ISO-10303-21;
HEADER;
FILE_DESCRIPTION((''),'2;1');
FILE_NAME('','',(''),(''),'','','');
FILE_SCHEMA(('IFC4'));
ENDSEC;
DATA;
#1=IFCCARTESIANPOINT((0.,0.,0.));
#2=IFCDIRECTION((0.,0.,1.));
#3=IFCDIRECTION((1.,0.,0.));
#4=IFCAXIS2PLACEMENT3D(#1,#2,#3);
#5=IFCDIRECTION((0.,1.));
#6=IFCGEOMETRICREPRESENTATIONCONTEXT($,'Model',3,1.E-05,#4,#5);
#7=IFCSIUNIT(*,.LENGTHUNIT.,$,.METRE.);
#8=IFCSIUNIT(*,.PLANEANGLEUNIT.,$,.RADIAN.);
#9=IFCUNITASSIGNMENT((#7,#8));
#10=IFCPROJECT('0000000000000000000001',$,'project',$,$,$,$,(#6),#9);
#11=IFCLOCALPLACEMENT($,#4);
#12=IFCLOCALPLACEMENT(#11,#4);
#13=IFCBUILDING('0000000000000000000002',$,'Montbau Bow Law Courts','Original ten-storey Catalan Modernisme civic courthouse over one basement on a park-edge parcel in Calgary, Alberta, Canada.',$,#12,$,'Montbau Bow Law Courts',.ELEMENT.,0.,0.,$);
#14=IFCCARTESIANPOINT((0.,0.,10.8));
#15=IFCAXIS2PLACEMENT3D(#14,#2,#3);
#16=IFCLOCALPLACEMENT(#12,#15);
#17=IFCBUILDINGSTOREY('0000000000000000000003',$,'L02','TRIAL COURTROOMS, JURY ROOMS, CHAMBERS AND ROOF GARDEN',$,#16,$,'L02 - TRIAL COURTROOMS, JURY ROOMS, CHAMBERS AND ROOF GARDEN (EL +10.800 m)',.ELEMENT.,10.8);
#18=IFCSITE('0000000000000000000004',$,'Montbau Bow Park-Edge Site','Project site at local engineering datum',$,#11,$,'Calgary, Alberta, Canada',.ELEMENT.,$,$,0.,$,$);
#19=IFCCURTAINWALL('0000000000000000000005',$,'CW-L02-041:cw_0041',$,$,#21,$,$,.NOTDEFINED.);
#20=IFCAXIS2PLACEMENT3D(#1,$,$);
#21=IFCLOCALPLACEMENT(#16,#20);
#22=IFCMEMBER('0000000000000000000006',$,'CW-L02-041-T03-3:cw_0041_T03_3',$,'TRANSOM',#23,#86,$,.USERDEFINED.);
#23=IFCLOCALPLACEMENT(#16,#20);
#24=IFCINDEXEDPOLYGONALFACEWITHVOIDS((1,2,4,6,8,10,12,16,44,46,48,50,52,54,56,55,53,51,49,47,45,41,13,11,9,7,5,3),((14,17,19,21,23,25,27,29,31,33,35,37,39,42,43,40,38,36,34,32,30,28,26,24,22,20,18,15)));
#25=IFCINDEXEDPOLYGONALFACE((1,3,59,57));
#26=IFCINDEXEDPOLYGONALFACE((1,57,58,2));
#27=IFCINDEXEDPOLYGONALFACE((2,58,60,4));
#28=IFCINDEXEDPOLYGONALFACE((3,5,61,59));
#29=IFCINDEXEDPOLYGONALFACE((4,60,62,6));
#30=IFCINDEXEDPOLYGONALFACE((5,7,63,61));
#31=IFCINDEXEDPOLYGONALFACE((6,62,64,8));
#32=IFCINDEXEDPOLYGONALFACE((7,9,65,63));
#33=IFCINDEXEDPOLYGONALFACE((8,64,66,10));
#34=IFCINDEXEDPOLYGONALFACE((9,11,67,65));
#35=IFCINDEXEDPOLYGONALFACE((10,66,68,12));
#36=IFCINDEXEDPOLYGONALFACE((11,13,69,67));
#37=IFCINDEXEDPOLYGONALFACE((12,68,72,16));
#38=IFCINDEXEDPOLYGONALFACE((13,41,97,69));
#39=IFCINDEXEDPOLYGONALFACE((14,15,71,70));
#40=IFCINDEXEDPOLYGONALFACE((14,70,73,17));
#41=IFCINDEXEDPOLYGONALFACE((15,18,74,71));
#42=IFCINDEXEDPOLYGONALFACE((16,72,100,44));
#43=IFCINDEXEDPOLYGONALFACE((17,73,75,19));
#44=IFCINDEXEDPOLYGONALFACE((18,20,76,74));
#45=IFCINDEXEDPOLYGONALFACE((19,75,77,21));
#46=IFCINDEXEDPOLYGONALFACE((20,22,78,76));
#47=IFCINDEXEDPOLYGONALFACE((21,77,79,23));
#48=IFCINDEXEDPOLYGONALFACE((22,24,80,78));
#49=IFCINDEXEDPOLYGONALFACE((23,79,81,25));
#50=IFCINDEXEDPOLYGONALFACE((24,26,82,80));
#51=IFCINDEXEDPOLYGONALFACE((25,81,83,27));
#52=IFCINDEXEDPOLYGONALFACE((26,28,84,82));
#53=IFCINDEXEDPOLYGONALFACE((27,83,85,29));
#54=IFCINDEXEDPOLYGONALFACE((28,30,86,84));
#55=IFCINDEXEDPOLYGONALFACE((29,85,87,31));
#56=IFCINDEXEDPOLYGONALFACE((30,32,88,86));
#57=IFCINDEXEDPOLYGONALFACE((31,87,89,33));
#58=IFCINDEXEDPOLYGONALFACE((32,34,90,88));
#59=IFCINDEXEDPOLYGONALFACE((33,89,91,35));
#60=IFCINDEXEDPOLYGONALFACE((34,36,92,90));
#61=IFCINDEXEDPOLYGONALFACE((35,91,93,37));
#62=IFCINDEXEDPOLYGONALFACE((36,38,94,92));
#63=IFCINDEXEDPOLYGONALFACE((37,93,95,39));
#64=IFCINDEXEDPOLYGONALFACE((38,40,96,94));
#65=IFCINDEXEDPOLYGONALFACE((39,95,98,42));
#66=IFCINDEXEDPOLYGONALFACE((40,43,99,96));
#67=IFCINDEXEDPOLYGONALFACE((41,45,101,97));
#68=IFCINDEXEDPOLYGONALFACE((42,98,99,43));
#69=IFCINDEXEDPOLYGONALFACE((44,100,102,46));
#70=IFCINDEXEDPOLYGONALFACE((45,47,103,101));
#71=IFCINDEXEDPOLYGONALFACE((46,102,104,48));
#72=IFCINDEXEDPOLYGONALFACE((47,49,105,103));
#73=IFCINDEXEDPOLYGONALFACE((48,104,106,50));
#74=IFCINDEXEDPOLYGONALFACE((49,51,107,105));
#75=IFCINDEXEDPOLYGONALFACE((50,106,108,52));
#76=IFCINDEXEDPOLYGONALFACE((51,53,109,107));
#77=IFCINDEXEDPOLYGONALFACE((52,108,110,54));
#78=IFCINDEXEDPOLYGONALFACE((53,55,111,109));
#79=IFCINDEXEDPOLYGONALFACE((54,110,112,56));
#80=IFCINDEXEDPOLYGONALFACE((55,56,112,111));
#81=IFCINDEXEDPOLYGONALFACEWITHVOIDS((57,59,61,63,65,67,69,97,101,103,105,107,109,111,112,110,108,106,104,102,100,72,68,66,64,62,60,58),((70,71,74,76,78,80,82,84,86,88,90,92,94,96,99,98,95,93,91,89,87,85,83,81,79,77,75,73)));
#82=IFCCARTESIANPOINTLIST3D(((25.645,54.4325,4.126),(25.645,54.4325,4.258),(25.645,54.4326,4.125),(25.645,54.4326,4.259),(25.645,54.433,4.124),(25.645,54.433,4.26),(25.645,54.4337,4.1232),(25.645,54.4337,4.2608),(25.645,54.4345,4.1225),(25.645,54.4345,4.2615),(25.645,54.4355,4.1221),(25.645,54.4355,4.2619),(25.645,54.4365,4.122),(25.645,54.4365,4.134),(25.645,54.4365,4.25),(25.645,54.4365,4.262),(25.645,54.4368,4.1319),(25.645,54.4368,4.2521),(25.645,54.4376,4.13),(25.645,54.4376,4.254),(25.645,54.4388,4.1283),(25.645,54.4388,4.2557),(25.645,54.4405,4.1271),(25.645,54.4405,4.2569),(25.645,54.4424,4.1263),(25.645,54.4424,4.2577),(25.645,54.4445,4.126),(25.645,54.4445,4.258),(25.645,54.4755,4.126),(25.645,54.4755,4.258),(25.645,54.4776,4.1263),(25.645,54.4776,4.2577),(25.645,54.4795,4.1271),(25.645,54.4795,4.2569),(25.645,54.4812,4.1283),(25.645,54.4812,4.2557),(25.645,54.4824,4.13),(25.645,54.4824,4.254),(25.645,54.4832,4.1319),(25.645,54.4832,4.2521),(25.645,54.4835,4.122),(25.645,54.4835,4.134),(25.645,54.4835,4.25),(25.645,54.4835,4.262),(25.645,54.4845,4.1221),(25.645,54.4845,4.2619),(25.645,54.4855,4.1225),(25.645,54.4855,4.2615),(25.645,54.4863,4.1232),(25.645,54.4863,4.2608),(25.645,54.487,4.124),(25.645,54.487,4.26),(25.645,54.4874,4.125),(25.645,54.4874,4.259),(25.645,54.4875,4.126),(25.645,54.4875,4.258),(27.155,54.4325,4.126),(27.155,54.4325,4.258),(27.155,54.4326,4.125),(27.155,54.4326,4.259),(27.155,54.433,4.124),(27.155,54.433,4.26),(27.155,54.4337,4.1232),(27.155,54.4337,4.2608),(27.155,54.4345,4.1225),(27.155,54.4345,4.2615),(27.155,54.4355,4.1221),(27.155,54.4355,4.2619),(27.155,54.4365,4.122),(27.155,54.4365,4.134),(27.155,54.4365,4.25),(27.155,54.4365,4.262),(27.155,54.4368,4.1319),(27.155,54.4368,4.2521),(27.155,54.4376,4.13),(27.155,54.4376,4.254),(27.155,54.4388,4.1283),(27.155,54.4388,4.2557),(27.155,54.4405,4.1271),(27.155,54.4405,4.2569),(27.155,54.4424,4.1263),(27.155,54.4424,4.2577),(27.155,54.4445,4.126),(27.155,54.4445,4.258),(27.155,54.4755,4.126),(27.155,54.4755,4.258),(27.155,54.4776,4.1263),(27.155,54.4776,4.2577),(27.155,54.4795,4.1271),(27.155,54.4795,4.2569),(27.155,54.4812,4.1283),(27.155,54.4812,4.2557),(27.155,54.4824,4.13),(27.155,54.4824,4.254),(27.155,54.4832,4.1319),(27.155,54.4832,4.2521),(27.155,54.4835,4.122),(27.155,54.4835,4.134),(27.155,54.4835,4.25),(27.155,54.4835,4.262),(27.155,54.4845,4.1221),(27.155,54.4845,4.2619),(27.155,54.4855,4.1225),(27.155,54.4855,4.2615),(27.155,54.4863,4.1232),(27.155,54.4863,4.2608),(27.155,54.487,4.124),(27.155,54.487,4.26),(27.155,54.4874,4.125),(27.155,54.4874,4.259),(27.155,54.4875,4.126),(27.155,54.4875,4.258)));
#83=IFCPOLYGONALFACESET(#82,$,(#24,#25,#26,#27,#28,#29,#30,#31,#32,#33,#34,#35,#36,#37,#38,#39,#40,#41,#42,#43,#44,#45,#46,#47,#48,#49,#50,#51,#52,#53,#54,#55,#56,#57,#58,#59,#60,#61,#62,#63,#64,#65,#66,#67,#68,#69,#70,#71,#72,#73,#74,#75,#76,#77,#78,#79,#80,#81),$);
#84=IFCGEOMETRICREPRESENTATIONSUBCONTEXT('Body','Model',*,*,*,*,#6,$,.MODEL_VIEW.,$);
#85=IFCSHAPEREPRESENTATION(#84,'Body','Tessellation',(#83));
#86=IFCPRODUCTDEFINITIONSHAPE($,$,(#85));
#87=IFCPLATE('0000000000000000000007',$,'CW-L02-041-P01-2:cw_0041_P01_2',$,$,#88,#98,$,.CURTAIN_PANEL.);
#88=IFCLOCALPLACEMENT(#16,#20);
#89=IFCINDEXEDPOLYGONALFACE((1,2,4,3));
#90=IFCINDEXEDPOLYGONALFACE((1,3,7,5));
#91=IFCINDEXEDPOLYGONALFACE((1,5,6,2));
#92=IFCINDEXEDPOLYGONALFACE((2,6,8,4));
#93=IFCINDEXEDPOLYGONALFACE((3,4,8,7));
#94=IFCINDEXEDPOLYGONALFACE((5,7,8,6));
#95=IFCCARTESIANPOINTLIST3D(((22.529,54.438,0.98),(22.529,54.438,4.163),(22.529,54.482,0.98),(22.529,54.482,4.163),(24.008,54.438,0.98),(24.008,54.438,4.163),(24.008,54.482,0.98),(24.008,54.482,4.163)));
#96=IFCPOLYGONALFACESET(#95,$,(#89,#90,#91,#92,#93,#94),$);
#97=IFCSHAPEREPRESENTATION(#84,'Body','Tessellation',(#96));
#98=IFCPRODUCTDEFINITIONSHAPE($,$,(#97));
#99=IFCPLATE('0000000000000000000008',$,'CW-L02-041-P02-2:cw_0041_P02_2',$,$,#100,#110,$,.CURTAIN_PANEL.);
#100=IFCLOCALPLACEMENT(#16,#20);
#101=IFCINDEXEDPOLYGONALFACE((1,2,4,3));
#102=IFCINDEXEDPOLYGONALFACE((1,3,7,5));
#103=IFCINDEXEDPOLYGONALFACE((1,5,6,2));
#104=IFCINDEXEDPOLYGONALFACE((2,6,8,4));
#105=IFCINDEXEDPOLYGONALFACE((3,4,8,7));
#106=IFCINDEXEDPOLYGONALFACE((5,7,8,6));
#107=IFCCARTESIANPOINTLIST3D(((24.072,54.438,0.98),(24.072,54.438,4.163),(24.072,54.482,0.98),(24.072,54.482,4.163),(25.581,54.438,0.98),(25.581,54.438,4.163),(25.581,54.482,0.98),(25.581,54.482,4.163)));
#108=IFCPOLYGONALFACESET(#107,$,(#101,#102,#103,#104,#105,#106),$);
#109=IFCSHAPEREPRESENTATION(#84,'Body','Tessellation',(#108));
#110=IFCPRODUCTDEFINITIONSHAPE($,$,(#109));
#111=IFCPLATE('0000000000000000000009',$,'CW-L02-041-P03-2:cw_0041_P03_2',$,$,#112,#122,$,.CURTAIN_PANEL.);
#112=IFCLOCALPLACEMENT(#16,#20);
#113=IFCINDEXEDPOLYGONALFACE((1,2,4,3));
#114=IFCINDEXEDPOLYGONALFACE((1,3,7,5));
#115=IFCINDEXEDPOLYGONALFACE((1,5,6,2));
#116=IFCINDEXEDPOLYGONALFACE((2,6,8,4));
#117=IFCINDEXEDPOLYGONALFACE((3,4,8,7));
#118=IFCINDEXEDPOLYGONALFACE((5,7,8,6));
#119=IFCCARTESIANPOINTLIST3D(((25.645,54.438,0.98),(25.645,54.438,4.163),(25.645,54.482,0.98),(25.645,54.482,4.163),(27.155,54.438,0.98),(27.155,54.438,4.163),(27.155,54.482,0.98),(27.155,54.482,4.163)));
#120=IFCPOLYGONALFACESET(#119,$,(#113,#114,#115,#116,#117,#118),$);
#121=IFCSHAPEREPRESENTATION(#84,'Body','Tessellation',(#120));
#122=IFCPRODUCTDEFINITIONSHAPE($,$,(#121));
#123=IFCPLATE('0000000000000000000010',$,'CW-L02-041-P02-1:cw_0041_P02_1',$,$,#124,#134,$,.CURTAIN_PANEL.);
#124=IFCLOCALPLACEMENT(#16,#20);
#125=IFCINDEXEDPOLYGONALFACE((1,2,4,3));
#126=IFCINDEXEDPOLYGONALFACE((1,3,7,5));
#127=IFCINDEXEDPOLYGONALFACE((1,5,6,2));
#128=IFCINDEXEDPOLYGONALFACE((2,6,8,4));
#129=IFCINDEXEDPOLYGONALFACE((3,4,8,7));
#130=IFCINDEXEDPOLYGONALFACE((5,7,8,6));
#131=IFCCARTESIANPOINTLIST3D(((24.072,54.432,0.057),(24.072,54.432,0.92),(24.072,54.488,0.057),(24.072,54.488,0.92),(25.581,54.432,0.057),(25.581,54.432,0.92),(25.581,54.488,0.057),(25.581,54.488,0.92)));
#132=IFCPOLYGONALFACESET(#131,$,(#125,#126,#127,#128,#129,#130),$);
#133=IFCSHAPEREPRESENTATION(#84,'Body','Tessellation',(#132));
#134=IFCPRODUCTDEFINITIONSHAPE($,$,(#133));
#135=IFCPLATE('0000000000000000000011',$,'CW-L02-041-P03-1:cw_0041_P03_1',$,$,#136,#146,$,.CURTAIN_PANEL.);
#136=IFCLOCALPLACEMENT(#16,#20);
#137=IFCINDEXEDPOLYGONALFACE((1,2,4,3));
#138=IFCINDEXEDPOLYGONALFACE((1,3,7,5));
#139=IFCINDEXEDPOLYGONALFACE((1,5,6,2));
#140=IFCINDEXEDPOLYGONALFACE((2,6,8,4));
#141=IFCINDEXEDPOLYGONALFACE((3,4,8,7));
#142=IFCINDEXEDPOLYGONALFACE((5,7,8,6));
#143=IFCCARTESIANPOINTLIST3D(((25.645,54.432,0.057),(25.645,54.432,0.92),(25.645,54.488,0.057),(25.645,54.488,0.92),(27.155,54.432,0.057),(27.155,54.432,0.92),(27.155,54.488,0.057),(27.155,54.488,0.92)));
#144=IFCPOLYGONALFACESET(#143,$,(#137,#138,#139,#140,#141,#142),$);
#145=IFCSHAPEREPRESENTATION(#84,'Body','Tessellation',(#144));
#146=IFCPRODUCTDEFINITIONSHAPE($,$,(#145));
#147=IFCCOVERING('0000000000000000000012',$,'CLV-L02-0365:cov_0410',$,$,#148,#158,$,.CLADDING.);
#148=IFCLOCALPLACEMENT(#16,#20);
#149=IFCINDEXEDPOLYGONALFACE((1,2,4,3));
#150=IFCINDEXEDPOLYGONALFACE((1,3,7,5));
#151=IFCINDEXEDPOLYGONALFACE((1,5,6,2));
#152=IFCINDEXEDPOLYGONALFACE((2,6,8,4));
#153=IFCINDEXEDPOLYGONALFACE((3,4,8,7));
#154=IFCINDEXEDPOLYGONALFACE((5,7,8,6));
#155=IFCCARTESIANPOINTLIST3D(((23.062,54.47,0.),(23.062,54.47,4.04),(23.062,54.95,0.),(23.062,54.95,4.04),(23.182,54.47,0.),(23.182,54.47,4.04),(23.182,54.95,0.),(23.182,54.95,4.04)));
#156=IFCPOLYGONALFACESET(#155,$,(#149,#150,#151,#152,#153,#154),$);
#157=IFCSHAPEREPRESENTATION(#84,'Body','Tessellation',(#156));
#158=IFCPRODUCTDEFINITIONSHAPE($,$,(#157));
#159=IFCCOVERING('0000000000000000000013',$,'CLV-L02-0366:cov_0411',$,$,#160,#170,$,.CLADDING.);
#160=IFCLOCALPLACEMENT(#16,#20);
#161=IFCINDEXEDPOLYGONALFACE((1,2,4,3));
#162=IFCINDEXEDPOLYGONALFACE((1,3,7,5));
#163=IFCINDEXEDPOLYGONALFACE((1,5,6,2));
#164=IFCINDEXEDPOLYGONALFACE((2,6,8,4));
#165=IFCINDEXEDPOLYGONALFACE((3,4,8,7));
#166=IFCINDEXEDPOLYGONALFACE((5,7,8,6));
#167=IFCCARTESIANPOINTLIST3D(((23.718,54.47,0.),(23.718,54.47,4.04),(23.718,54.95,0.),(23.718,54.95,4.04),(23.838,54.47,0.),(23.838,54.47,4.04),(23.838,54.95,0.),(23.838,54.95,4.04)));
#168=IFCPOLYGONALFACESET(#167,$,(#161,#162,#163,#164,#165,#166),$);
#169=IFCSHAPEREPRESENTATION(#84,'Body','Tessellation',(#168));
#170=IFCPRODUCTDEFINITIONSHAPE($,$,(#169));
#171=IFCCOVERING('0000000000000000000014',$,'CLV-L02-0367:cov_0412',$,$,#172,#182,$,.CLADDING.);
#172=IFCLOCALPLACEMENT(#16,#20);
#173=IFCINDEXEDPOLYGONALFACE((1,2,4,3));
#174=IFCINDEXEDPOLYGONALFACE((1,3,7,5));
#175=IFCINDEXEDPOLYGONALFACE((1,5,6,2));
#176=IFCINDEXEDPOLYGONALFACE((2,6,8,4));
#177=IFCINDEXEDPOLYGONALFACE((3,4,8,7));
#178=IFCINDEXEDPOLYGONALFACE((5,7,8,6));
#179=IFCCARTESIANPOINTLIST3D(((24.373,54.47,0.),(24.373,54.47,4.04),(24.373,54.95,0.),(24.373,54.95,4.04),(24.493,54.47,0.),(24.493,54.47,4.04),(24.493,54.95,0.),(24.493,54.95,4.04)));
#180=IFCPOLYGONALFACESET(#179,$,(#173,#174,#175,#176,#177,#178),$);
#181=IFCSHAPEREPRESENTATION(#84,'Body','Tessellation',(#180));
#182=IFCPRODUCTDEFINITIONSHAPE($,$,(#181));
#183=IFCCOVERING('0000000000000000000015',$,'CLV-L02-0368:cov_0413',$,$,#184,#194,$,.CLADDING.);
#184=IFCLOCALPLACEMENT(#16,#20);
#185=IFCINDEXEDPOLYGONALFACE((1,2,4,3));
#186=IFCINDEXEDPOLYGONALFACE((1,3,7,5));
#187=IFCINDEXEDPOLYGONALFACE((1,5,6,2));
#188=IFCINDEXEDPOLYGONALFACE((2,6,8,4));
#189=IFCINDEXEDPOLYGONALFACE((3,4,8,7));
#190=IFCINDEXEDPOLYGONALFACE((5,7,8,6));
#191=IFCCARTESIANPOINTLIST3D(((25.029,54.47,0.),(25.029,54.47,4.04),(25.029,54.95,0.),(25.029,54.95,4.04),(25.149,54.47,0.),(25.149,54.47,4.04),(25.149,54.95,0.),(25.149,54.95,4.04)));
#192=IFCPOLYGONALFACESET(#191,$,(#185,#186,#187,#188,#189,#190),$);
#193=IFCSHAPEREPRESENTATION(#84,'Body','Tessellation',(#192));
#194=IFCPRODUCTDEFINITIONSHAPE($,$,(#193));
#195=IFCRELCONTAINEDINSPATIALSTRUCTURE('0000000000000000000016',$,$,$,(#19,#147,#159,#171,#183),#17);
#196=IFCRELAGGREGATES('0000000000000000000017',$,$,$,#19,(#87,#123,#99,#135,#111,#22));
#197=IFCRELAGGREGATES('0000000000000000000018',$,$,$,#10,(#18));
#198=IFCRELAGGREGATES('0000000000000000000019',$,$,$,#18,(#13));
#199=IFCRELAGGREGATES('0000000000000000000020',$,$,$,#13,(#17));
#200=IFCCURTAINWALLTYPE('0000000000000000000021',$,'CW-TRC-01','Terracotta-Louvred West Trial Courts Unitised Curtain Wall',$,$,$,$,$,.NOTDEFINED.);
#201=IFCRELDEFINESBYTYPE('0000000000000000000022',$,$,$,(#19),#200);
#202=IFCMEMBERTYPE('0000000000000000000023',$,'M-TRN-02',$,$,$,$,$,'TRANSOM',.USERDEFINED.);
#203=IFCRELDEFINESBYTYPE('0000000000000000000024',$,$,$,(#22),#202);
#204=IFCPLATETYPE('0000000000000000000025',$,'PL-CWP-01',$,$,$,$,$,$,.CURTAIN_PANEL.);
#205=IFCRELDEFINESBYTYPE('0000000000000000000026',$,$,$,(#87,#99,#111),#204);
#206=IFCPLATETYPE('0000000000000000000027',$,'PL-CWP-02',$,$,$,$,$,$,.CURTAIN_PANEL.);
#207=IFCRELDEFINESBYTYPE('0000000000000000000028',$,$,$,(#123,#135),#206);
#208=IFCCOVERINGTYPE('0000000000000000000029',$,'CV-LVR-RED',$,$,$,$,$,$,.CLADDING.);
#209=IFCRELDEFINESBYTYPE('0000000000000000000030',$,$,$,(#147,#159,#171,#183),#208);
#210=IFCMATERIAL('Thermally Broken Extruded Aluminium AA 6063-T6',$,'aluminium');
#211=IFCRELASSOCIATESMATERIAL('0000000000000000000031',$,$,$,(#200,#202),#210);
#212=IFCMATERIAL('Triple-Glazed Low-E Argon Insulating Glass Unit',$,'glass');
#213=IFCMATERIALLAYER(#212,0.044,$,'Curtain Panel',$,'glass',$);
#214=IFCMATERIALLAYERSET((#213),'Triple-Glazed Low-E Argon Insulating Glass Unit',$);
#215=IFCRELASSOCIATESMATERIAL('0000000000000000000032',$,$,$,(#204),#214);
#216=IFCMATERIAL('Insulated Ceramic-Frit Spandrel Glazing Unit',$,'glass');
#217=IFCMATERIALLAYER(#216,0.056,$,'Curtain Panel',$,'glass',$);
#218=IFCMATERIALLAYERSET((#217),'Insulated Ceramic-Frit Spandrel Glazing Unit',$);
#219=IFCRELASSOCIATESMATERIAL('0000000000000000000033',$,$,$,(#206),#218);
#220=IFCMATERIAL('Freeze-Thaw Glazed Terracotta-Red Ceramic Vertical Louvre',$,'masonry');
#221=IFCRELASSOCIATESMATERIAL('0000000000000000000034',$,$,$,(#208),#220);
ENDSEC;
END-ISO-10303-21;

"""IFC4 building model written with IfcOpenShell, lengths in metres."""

from ifc_helpers import new_model, si_unit, direction, frame, frame_2d, origin_with_axes, origin_2d_with_axis, place, context, subcontext, project, spatial, rectangle, hollow_rectangle, extrude, material, layer, layer_set, material_profile, profile_set, type_object, element, aggregate, save


model = new_model("IFC4")

# Units and contexts
model_context = context("Model", 3, precision=1e-05, world=origin_with_axes(), true_north=direction((0.0, 1.0)))
body_context = subcontext(model_context, "Body", "Model", "MODEL_VIEW")
ifc_project = project(units=[si_unit("LENGTHUNIT", "METRE"), si_unit("PLANEANGLEUNIT", "RADIAN")], contexts=[model_context])

# Site, building, storey
site_placement = place(None, origin_with_axes())
site = spatial("IfcSite", under=ifc_project, at=site_placement, Name="Montbau Bow Park-Edge Site", Description="Project site at local engineering datum", LongName="Calgary, Alberta, Canada", CompositionType="ELEMENT", RefElevation=0.0)
building_placement = place(site_placement, origin_with_axes())
building = spatial("IfcBuilding", under=site, at=building_placement, Name="Montbau Bow Law Courts", Description="Original ten-storey Catalan Modernisme civic courthouse over one basement on a park-edge parcel in Calgary, Alberta, Canada.", LongName="Montbau Bow Law Courts", CompositionType="ELEMENT", ElevationOfRefHeight=0.0, ElevationOfTerrain=0.0)
storey_placement = place(building_placement, frame((0.0, 0.0, 10.8), z_axis=(0.0, 0.0, 1.0), x_axis=(1.0, 0.0, 0.0)))
storey = spatial("IfcBuildingStorey", under=building, at=storey_placement, Name="L02", Description="TRIAL COURTROOMS, JURY ROOMS, CHAMBERS AND ROOF GARDEN", LongName="L02 - TRIAL COURTROOMS, JURY ROOMS, CHAMBERS AND ROOF GARDEN (EL +10.800 m)", CompositionType="ELEMENT", Elevation=10.8)

# Curtain wall, member, plates
ifc_material_1 = material(Name="Thermally Broken Extruded Aluminium AA 6063-T6", Category="aluminium")
curtain_wall_type = type_object("IfcCurtainWallType", Name="CW-TRC-01", Description="Terracotta-Louvred West Trial Courts Unitised Curtain Wall", PredefinedType="NOTDEFINED", material=ifc_material_1)
curtain_wall_placement = place(None, frame((22.467, 54.46, 10.8), z_axis=(0.0, 0.0, 1.0), x_axis=(1.0, 0.0, 0.0)))
curtain_wall = element("IfcCurtainWall", 1, at=curtain_wall_placement, inside=storey, type_object=curtain_wall_type, Name="CW-L02-041:cw_0041", PredefinedType="NOTDEFINED")
ifc_material_profile_1 = material_profile(ifc_material_1, hollow_rectangle(XDim=0.055, YDim=0.14, WallThickness=0.004, InnerFilletRadius=0.008, OuterFilletRadius=0.004, at=origin_2d_with_axis()), Name="CWT-140X55", Category="Main", Priority=0)
ifc_profile_set_1 = profile_set([ifc_material_profile_1], Name="Thermally Broken Extruded Aluminium AA 6063-T6")
member_type_1 = type_object("IfcMemberType", Name="M-TRN-02", ElementType="TRANSOM", PredefinedType="USERDEFINED", material=ifc_profile_set_1)
member_1_placement = place(None, frame((25.645, 54.46, 14.992), z_axis=(1.0, 0.0, 0.0), x_axis=(0.0, 1.0, 0.0)))
member_1 = element("IfcMember", 2, at=member_1_placement, type_object=member_type_1, Name="CW-L02-041-T03-3:cw_0041_T03_3", ObjectType="TRANSOM", PredefinedType="USERDEFINED", context=body_context, shape_type="SweptSolid", body=[
    extrude(hollow_rectangle(XDim=0.055, YDim=0.14, WallThickness=0.004, InnerFilletRadius=0.008, OuterFilletRadius=0.004, at=origin_2d_with_axis()), origin_with_axes(), (0.0, 0.0, 1.0), 1.51),
])
ifc_material_2 = material(Name="Triple-Glazed Low-E Argon Insulating Glass Unit", Category="glass")
ifc_layer_1 = layer(ifc_material_2, 0.044, Name="Curtain Panel", Category="glass")
ifc_layer_set_1 = layer_set([ifc_layer_1], Name="Triple-Glazed Low-E Argon Insulating Glass Unit")
plate_type_1 = type_object("IfcPlateType", Name="PL-CWP-01", PredefinedType="CURTAIN_PANEL", material=ifc_layer_set_1)
plate_1_placement = place(None, frame((22.529, 54.46, 11.78), z_axis=(0.0, -1.0, 0.0), x_axis=(1.0, 0.0, 0.0)))
plate_1 = element("IfcPlate", 3, at=plate_1_placement, type_object=plate_type_1, Name="CW-L02-041-P01-2:cw_0041_P01_2", PredefinedType="CURTAIN_PANEL", context=body_context, shape_type="SweptSolid", body=[
    extrude(rectangle(XDim=1.479, YDim=3.183, at=frame_2d((0.7395, 1.5915), x_axis=(1.0, 0.0))), frame((0.0, 0.0, -0.022), z_axis=(0.0, 0.0, 1.0), x_axis=(1.0, 0.0, 0.0)), (0.0, 0.0, 1.0), 0.044),
])
plate_2_placement = place(None, frame((24.072, 54.46, 11.78), z_axis=(0.0, -1.0, 0.0), x_axis=(1.0, 0.0, 0.0)))
plate_2 = element("IfcPlate", 4, at=plate_2_placement, type_object=plate_type_1, Name="CW-L02-041-P02-2:cw_0041_P02_2", PredefinedType="CURTAIN_PANEL", context=body_context, shape_type="SweptSolid", body=[
    extrude(rectangle(XDim=1.509, YDim=3.183, at=frame_2d((0.7545, 1.5915), x_axis=(1.0, 0.0))), frame((0.0, 0.0, -0.022), z_axis=(0.0, 0.0, 1.0), x_axis=(1.0, 0.0, 0.0)), (0.0, 0.0, 1.0), 0.044),
])
plate_3_placement = place(None, frame((25.645, 54.46, 11.78), z_axis=(0.0, -1.0, 0.0), x_axis=(1.0, 0.0, 0.0)))
plate_3 = element("IfcPlate", 5, at=plate_3_placement, type_object=plate_type_1, Name="CW-L02-041-P03-2:cw_0041_P03_2", PredefinedType="CURTAIN_PANEL", context=body_context, shape_type="SweptSolid", body=[
    extrude(rectangle(XDim=1.51, YDim=3.183, at=frame_2d((0.755, 1.5915), x_axis=(1.0, 0.0))), frame((0.0, 0.0, -0.022), z_axis=(0.0, 0.0, 1.0), x_axis=(1.0, 0.0, 0.0)), (0.0, 0.0, 1.0), 0.044),
])
ifc_material_3 = material(Name="Insulated Ceramic-Frit Spandrel Glazing Unit", Category="glass")
ifc_layer_2 = layer(ifc_material_3, 0.056, Name="Curtain Panel", Category="glass")
ifc_layer_set_2 = layer_set([ifc_layer_2], Name="Insulated Ceramic-Frit Spandrel Glazing Unit")
plate_type_2 = type_object("IfcPlateType", Name="PL-CWP-02", PredefinedType="CURTAIN_PANEL", material=ifc_layer_set_2)
plate_4_placement = place(None, frame((24.072, 54.46, 10.857), z_axis=(0.0, -1.0, 0.0), x_axis=(1.0, 0.0, 0.0)))
plate_4 = element("IfcPlate", 6, at=plate_4_placement, type_object=plate_type_2, Name="CW-L02-041-P02-1:cw_0041_P02_1", PredefinedType="CURTAIN_PANEL", context=body_context, shape_type="SweptSolid", body=[
    extrude(rectangle(XDim=1.509, YDim=0.863, at=frame_2d((0.7545, 0.4315), x_axis=(1.0, 0.0))), frame((0.0, 0.0, -0.028), z_axis=(0.0, 0.0, 1.0), x_axis=(1.0, 0.0, 0.0)), (0.0, 0.0, 1.0), 0.056),
])
plate_5_placement = place(None, frame((25.645, 54.46, 10.857), z_axis=(0.0, -1.0, 0.0), x_axis=(1.0, 0.0, 0.0)))
plate_5 = element("IfcPlate", 7, at=plate_5_placement, type_object=plate_type_2, Name="CW-L02-041-P03-1:cw_0041_P03_1", PredefinedType="CURTAIN_PANEL", context=body_context, shape_type="SweptSolid", body=[
    extrude(rectangle(XDim=1.51, YDim=0.863, at=frame_2d((0.755, 0.4315), x_axis=(1.0, 0.0))), frame((0.0, 0.0, -0.028), z_axis=(0.0, 0.0, 1.0), x_axis=(1.0, 0.0, 0.0)), (0.0, 0.0, 1.0), 0.056),
])
aggregate(curtain_wall, [plate_1, plate_4, plate_2, plate_5, plate_3, member_1])

# Coverings
ifc_material_4 = material(Name="Freeze-Thaw Glazed Terracotta-Red Ceramic Vertical Louvre", Category="masonry")
covering_type = type_object("IfcCoveringType", Name="CV-LVR-RED", PredefinedType="CLADDING", material=ifc_material_4)
for number, where, z_axis, x_axis, name in (
    (8, (23.122, 54.47, 10.8), (1.0, 0.0, 0.0), (0.0, 1.0, 0.0), "CLV-L02-0365:cov_0410"),
    (9, (23.778, 54.47, 10.8), (1.0, 0.0, 0.0), (0.0, 1.0, 0.0), "CLV-L02-0366:cov_0411"),
    (10, (24.433, 54.47, 10.8), (1.0, 0.0, 0.0), (0.0, 1.0, 0.0), "CLV-L02-0367:cov_0412"),
    (11, (25.089, 54.47, 10.8), (1.0, 0.0, 0.0), (0.0, 1.0, 0.0), "CLV-L02-0368:cov_0413"),
):
    element("IfcCovering", number, at=place(None, frame(where, z_axis=z_axis, x_axis=x_axis)), inside=storey, type_object=covering_type, Name=name, PredefinedType="CLADDING", context=body_context, shape_type="SweptSolid", body=[
        extrude(rectangle(XDim=0.48, YDim=4.04, at=frame_2d((0.24, 2.02), x_axis=(1.0, 0.0))), frame((0.0, 0.0, -0.06), z_axis=(0.0, 0.0, 1.0), x_axis=(1.0, 0.0, 0.0)), (0.0, 0.0, 1.0), 0.12),
    ])

save(model, "model.ifc")
